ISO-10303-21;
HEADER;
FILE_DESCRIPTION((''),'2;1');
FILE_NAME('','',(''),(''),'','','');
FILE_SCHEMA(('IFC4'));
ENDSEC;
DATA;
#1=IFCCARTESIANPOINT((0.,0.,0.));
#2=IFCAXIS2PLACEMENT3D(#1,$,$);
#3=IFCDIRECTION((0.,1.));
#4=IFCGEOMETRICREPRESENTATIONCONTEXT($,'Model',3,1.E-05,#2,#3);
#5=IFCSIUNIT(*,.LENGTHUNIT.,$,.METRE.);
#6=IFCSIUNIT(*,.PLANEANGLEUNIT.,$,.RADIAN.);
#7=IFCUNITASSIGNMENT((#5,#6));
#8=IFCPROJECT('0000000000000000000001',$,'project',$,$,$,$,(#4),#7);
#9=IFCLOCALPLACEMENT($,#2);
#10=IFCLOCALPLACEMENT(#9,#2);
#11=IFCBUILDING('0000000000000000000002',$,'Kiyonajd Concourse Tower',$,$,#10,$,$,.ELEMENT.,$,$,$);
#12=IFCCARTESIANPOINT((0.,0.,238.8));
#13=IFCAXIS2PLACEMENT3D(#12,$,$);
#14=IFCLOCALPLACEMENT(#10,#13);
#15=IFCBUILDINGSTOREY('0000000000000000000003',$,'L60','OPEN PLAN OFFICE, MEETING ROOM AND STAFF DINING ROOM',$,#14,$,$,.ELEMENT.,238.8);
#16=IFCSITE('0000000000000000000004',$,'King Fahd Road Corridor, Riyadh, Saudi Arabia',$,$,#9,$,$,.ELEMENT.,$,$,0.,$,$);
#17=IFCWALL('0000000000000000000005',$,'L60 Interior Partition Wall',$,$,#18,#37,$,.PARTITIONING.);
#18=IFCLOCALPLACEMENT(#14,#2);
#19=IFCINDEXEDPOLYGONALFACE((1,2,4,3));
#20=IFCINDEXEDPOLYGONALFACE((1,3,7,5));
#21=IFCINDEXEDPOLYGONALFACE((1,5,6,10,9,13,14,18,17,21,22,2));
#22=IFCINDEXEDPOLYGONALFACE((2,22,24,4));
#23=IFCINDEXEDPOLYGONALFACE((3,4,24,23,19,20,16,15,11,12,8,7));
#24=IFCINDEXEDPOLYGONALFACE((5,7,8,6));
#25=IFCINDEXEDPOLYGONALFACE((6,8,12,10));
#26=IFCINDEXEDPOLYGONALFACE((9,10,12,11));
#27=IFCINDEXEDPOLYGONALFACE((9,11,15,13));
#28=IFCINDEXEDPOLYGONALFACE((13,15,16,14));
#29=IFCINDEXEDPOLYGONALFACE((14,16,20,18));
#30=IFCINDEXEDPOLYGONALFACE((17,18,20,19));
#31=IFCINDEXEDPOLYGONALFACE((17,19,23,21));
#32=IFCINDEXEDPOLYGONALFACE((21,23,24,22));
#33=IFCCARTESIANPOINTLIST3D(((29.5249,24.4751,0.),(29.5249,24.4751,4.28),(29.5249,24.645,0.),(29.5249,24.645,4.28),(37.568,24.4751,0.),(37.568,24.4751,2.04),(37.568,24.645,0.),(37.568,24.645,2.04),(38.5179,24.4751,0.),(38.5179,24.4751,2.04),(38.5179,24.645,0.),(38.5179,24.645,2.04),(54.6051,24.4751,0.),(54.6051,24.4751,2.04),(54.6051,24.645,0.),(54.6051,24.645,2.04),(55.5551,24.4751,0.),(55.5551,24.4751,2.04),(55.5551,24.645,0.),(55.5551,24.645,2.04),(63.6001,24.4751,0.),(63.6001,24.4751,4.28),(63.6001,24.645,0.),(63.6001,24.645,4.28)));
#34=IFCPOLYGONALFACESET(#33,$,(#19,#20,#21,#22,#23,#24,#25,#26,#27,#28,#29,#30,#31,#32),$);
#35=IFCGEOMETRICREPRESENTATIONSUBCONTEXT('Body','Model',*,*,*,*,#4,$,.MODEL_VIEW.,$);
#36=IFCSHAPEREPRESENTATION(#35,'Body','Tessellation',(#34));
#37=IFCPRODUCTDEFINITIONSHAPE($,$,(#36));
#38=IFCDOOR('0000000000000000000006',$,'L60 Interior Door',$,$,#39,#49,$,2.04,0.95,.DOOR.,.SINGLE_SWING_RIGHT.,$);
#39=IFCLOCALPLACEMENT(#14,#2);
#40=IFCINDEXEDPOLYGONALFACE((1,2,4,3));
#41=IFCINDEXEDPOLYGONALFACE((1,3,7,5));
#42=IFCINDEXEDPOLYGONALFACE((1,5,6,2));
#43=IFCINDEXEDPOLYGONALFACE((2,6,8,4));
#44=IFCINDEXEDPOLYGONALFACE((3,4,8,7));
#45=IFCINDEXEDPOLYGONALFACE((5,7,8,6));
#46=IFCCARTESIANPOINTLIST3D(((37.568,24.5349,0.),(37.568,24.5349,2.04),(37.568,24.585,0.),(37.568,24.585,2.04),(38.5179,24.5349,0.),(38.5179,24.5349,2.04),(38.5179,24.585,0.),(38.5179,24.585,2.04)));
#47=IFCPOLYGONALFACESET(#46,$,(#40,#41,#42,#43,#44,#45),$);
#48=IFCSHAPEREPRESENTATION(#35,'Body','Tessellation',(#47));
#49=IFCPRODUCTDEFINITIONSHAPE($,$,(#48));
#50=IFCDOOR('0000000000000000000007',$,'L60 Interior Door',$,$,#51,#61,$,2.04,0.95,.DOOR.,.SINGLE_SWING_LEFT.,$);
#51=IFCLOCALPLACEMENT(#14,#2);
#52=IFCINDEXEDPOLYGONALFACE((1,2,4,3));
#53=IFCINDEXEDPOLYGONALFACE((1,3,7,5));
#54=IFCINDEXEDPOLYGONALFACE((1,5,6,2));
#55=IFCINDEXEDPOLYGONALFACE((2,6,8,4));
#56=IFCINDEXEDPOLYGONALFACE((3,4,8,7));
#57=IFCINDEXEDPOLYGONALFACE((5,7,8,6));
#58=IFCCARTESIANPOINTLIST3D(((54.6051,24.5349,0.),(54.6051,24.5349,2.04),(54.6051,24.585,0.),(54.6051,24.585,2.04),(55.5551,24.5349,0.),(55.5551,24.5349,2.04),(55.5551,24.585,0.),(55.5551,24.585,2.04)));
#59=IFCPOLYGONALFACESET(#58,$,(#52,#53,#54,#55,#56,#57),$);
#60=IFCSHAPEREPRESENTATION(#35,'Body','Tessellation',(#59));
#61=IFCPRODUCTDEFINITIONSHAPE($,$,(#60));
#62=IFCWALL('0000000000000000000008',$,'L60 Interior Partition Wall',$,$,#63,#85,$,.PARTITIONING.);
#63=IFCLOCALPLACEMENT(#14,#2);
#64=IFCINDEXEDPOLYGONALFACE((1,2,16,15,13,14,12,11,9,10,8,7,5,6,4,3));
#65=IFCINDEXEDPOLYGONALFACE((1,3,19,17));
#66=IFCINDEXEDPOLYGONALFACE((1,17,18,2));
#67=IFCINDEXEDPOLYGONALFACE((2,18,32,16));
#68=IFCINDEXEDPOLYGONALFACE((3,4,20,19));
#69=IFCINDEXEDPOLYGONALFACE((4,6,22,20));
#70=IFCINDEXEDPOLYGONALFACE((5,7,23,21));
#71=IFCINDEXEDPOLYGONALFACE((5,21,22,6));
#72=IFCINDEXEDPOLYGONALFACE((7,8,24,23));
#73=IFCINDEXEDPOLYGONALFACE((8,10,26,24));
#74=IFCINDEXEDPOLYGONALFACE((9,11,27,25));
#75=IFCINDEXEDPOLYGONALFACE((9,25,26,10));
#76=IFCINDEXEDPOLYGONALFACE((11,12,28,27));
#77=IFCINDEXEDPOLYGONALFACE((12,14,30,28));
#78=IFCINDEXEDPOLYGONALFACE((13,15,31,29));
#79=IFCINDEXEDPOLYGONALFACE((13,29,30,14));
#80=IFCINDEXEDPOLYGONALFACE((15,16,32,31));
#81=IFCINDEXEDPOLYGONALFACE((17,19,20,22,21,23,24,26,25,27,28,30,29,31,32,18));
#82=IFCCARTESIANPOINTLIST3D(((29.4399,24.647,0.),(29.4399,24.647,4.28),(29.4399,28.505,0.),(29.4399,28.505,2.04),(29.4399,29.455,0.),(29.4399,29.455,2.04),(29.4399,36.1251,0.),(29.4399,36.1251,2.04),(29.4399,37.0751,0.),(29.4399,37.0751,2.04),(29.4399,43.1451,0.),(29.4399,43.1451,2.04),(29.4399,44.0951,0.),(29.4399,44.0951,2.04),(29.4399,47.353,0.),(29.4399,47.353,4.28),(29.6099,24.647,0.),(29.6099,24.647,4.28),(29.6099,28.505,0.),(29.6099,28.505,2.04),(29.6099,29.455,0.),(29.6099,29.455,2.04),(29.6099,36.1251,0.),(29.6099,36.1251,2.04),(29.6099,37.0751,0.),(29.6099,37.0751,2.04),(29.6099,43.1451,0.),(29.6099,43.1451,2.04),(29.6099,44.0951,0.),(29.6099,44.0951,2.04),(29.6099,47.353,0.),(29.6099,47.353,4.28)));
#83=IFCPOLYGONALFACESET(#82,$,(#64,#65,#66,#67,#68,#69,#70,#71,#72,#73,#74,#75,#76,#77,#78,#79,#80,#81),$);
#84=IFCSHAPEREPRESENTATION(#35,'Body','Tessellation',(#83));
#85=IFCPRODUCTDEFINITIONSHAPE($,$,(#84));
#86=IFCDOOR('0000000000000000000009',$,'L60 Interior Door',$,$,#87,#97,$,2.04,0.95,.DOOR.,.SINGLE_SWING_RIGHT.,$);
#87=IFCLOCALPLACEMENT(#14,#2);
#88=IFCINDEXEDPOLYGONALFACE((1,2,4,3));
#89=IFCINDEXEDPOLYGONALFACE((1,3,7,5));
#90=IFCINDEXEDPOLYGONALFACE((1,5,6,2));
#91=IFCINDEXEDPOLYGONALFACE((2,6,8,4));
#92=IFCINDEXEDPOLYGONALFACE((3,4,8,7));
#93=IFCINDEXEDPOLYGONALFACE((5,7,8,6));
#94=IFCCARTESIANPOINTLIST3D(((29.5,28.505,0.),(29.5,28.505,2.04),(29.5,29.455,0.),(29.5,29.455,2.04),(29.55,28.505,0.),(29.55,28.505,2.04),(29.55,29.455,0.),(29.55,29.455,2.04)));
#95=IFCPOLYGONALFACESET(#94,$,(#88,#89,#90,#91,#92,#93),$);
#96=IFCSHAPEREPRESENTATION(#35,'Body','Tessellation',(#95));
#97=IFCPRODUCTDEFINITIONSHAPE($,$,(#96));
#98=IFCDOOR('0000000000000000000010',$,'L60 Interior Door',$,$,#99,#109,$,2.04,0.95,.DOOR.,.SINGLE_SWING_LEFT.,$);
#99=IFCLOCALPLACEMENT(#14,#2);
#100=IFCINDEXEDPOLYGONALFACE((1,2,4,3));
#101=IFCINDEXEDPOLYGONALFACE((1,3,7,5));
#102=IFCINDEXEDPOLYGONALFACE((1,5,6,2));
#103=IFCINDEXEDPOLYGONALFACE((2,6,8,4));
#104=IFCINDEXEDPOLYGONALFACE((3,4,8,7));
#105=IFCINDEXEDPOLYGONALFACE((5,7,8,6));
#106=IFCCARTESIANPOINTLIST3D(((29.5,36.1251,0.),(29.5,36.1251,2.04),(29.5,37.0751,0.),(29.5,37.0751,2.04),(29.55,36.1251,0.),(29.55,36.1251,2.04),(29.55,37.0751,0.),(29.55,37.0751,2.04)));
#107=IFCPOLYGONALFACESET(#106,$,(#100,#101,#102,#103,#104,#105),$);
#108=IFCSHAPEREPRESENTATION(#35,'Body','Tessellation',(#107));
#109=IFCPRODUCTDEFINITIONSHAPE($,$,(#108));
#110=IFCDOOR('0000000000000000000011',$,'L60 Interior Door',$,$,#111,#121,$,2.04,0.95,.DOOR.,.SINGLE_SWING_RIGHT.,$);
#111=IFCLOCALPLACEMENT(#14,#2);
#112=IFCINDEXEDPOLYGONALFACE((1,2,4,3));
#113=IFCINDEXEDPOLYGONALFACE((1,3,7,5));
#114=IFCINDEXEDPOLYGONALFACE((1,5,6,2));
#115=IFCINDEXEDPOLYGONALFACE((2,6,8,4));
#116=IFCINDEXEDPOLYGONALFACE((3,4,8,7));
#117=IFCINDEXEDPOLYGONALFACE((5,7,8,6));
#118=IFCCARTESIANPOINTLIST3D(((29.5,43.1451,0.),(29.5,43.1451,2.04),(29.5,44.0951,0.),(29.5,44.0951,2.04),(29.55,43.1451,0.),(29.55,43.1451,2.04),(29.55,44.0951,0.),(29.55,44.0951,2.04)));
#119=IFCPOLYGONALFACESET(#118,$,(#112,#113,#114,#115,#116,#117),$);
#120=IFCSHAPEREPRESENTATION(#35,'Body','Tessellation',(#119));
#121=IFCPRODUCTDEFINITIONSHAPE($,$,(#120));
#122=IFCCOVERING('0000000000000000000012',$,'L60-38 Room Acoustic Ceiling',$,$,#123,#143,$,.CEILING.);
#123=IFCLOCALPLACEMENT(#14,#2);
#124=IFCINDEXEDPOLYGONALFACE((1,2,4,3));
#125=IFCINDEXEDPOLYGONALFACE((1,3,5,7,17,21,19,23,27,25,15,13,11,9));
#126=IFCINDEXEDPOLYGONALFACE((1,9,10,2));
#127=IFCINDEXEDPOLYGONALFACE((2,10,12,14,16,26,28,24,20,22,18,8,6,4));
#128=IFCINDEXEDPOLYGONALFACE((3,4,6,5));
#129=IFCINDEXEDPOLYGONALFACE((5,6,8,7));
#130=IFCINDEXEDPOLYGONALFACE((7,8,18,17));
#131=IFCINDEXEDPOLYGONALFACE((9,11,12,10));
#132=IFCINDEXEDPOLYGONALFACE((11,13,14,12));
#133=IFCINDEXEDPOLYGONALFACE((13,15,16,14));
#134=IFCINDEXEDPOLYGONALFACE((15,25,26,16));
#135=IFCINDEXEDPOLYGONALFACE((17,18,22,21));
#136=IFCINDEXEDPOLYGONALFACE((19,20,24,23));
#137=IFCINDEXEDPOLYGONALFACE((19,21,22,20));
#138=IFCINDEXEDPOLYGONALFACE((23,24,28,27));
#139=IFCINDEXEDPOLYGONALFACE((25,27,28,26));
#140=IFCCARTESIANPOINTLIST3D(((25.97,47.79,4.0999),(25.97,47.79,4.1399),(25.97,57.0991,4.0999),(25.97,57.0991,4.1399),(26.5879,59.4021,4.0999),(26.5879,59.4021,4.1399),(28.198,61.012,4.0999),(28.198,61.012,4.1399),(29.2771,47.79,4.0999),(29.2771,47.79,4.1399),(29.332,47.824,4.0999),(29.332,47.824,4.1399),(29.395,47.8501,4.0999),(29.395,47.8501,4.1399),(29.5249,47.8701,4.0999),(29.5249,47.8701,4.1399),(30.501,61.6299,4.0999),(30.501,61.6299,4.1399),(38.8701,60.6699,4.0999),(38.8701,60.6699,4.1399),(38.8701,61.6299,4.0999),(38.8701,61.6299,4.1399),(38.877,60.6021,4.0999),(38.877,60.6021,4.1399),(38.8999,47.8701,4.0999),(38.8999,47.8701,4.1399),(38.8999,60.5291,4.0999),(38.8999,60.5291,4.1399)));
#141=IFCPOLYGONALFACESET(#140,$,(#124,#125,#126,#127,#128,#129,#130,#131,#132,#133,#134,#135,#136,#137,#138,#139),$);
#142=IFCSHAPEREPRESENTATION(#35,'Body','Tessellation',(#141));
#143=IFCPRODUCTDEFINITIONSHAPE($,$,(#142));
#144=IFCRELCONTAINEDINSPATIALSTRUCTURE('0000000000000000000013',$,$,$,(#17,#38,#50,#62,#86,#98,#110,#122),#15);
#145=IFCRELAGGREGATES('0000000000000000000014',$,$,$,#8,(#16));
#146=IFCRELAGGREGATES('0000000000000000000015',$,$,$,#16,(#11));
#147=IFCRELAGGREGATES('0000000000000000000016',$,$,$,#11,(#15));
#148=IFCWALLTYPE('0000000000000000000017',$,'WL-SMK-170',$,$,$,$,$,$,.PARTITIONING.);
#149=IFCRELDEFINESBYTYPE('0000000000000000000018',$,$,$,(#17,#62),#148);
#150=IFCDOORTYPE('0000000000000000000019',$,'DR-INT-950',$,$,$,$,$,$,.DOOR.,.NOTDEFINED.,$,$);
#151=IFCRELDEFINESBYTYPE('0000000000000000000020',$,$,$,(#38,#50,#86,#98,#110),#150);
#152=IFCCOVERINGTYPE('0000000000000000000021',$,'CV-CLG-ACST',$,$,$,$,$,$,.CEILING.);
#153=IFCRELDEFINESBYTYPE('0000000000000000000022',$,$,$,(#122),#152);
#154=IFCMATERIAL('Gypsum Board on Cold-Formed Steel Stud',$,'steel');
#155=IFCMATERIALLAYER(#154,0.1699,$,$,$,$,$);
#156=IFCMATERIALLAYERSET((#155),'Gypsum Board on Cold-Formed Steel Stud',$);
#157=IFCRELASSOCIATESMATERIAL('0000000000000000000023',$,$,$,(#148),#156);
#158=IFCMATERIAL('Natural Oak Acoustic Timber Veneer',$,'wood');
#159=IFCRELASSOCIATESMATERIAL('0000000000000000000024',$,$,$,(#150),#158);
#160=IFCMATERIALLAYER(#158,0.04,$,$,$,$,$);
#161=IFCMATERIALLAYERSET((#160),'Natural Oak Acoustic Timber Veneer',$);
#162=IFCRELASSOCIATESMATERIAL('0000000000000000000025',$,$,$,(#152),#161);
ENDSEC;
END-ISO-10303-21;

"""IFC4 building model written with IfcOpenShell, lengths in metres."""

from ifc_helpers import new_model, si_unit, direction, frame, frame_2d, origin, place, context, subcontext, project, spatial, polyline, rectangle, outline, extrude, material, layer, layer_set, type_object, element, fill, save


model = new_model("IFC4")

# Units and contexts
model_context = context("Model", 3, precision=1e-05, world=origin(), true_north=direction((0.0, 1.0)))
body_context = subcontext(model_context, "Body", "Model", "MODEL_VIEW")
ifc_project = project(units=[si_unit("LENGTHUNIT", "METRE"), si_unit("PLANEANGLEUNIT", "RADIAN")], contexts=[model_context])

# Site, building, storey
site_placement = place(None, origin())
site = spatial("IfcSite", under=ifc_project, at=site_placement, Name="King Fahd Road Corridor, Riyadh, Saudi Arabia", CompositionType="ELEMENT", RefElevation=0.0)
building_placement = place(site_placement, origin())
building = spatial("IfcBuilding", under=site, at=building_placement, Name="Kiyonajd Concourse Tower", CompositionType="ELEMENT")
storey_placement = place(building_placement, frame((0.0, 0.0, 238.8)))
storey = spatial("IfcBuildingStorey", under=building, at=storey_placement, Name="L60", Description="OPEN PLAN OFFICE, MEETING ROOM AND STAFF DINING ROOM", CompositionType="ELEMENT", Elevation=238.8)

# Walls, openings, doors
ifc_material_1 = material(Name="Gypsum Board on Cold-Formed Steel Stud", Category="steel")
ifc_layer_1 = layer(ifc_material_1, 0.1699)
ifc_layer_set_1 = layer_set([ifc_layer_1], Name="Gypsum Board on Cold-Formed Steel Stud")
wall_type_1 = type_object("IfcWallType", Name="WL-SMK-170", PredefinedType="PARTITIONING", material=ifc_layer_set_1)
wall_1_placement = place(storey_placement, frame((29.5249, 24.5601, 0.0), z_axis=(0.0, 0.0, 1.0), x_axis=(1.0, 0.0, 0.0)))
wall_1 = element("IfcWall", 1, at=wall_1_placement, inside=storey, type_object=wall_type_1, Name="L60 Interior Partition Wall", PredefinedType="PARTITIONING", context=body_context, shape_type="SweptSolid", body=[
    extrude(rectangle(XDim=34.0752, YDim=0.1699, at=frame_2d((17.0376, 0.0))), origin(), (0.0, 0.0, 1.0), 4.28),
])
opening_1_placement = place(wall_1_placement, frame((8.043, 0.0, 0.0)))
opening_1 = element("IfcOpeningElement", 2, at=opening_1_placement, cuts=wall_1, PredefinedType="OPENING", context=body_context, shape_type="SweptSolid", body=[
    extrude(rectangle(XDim=0.95, YDim=2.04, at=frame_2d((0.4751, 1.02))), frame((0.0, 0.095, 0.0), z_axis=(0.0, -1.0, 0.0), x_axis=(1.0, 0.0, 0.0)), (0.0, 0.0, 1.0), 0.1899),
])
opening_2_placement = place(wall_1_placement, frame((25.0801, 0.0, 0.0)))
opening_2 = element("IfcOpeningElement", 3, at=opening_2_placement, cuts=wall_1, PredefinedType="OPENING", context=body_context, shape_type="SweptSolid", body=[
    extrude(rectangle(XDim=0.95, YDim=2.04, at=frame_2d((0.4751, 1.02))), frame((0.0, 0.095, 0.0), z_axis=(0.0, -1.0, 0.0), x_axis=(1.0, 0.0, 0.0)), (0.0, 0.0, 1.0), 0.1899),
])
ifc_material_2 = material(Name="Natural Oak Acoustic Timber Veneer", Category="wood")
door_type = type_object("IfcDoorType", Name="DR-INT-950", OperationType="NOTDEFINED", PredefinedType="DOOR", material=ifc_material_2)
door_1_placement = place(opening_1_placement, origin())
door_1 = element("IfcDoor", 4, at=door_1_placement, inside=storey, type_object=door_type, Name="L60 Interior Door", OperationType="SINGLE_SWING_RIGHT", OverallHeight=2.04, OverallWidth=0.95, PredefinedType="DOOR", context=body_context, shape_type="SweptSolid", body=[
    extrude(rectangle(XDim=0.95, YDim=2.04, at=frame_2d((0.4751, 1.02))), frame((0.0, 0.0249, 0.0), z_axis=(0.0, -1.0, 0.0), x_axis=(1.0, 0.0, 0.0)), (0.0, 0.0, 1.0), 0.05),
])
fill(opening_1, door_1)
door_2_placement = place(opening_2_placement, origin())
door_2 = element("IfcDoor", 5, at=door_2_placement, inside=storey, type_object=door_type, Name="L60 Interior Door", OperationType="SINGLE_SWING_LEFT", OverallHeight=2.04, OverallWidth=0.95, PredefinedType="DOOR", context=body_context, shape_type="SweptSolid", body=[
    extrude(rectangle(XDim=0.95, YDim=2.04, at=frame_2d((0.4751, 1.02))), frame((0.0, 0.0249, 0.0), z_axis=(0.0, -1.0, 0.0), x_axis=(1.0, 0.0, 0.0)), (0.0, 0.0, 1.0), 0.05),
])
fill(opening_2, door_2)
wall_2_placement = place(storey_placement, frame((29.5249, 24.647, 0.0), z_axis=(0.0, 0.0, 1.0), x_axis=(0.0, 1.0, 0.0)))
wall_2 = element("IfcWall", 6, at=wall_2_placement, inside=storey, type_object=wall_type_1, Name="L60 Interior Partition Wall", PredefinedType="PARTITIONING", context=body_context, shape_type="SweptSolid", body=[
    extrude(rectangle(XDim=22.7061, YDim=0.1699, at=frame_2d((11.353, 0.0))), origin(), (0.0, 0.0, 1.0), 4.28),
])
opening_3_placement = place(wall_2_placement, frame((3.8579, 0.0, 0.0)))
opening_3 = element("IfcOpeningElement", 7, at=opening_3_placement, cuts=wall_2, PredefinedType="OPENING", context=body_context, shape_type="SweptSolid", body=[
    extrude(rectangle(XDim=0.95, YDim=2.04, at=frame_2d((0.4751, 1.02))), frame((0.0, 0.095, 0.0), z_axis=(0.0, -1.0, 0.0), x_axis=(1.0, 0.0, 0.0)), (0.0, 0.0, 1.0), 0.1899),
])
opening_4_placement = place(wall_2_placement, frame((11.478, 0.0, 0.0)))
opening_4 = element("IfcOpeningElement", 8, at=opening_4_placement, cuts=wall_2, PredefinedType="OPENING", context=body_context, shape_type="SweptSolid", body=[
    extrude(rectangle(XDim=0.95, YDim=2.04, at=frame_2d((0.4751, 1.02))), frame((0.0, 0.095, 0.0), z_axis=(0.0, -1.0, 0.0), x_axis=(1.0, 0.0, 0.0)), (0.0, 0.0, 1.0), 0.1899),
])
opening_5_placement = place(wall_2_placement, frame((18.498, 0.0, 0.0)))
opening_5 = element("IfcOpeningElement", 9, at=opening_5_placement, cuts=wall_2, PredefinedType="OPENING", context=body_context, shape_type="SweptSolid", body=[
    extrude(rectangle(XDim=0.95, YDim=2.04, at=frame_2d((0.4751, 1.02))), frame((0.0, 0.095, 0.0), z_axis=(0.0, -1.0, 0.0), x_axis=(1.0, 0.0, 0.0)), (0.0, 0.0, 1.0), 0.1899),
])
door_3_placement = place(opening_3_placement, origin())
door_3 = element("IfcDoor", 10, at=door_3_placement, inside=storey, type_object=door_type, Name="L60 Interior Door", OperationType="SINGLE_SWING_RIGHT", OverallHeight=2.04, OverallWidth=0.95, PredefinedType="DOOR", context=body_context, shape_type="SweptSolid", body=[
    extrude(rectangle(XDim=0.95, YDim=2.04, at=frame_2d((0.4751, 1.02))), frame((0.0, 0.0249, 0.0), z_axis=(0.0, -1.0, 0.0), x_axis=(1.0, 0.0, 0.0)), (0.0, 0.0, 1.0), 0.05),
])
fill(opening_3, door_3)
door_4_placement = place(opening_4_placement, origin())
door_4 = element("IfcDoor", 11, at=door_4_placement, inside=storey, type_object=door_type, Name="L60 Interior Door", OperationType="SINGLE_SWING_LEFT", OverallHeight=2.04, OverallWidth=0.95, PredefinedType="DOOR", context=body_context, shape_type="SweptSolid", body=[
    extrude(rectangle(XDim=0.95, YDim=2.04, at=frame_2d((0.4751, 1.02))), frame((0.0, 0.0249, 0.0), z_axis=(0.0, -1.0, 0.0), x_axis=(1.0, 0.0, 0.0)), (0.0, 0.0, 1.0), 0.05),
])
fill(opening_4, door_4)
door_5_placement = place(opening_5_placement, origin())
door_5 = element("IfcDoor", 12, at=door_5_placement, inside=storey, type_object=door_type, Name="L60 Interior Door", OperationType="SINGLE_SWING_RIGHT", OverallHeight=2.04, OverallWidth=0.95, PredefinedType="DOOR", context=body_context, shape_type="SweptSolid", body=[
    extrude(rectangle(XDim=0.95, YDim=2.04, at=frame_2d((0.4751, 1.02))), frame((0.0, 0.0249, 0.0), z_axis=(0.0, -1.0, 0.0), x_axis=(1.0, 0.0, 0.0)), (0.0, 0.0, 1.0), 0.05),
])
fill(opening_5, door_5)

# Covering
ifc_layer_2 = layer(ifc_material_2, 0.04)
ifc_layer_set_2 = layer_set([ifc_layer_2], Name="Natural Oak Acoustic Timber Veneer")
covering_type = type_object("IfcCoveringType", Name="CV-CLG-ACST", PredefinedType="CEILING", material=ifc_layer_set_2)
covering_1_placement = place(storey_placement, frame((0.0, 0.0, 4.0999)))
element("IfcCovering", 13, at=covering_1_placement, inside=storey, type_object=covering_type, Name="L60-38 Room Acoustic Ceiling", PredefinedType="CEILING", context=body_context, shape_type="SweptSolid", body=[
    extrude(outline(polyline([(28.198, 61.012), (30.501, 61.6299), (38.8701, 61.6299), (38.8701, 60.6699), (38.877, 60.6021), (38.8999, 60.5291), (38.8999, 47.8701), (29.5249, 47.8701), (29.395, 47.8501), (29.332, 47.824), (29.2771, 47.79), (25.97, 47.79), (25.97, 57.0991), (26.5879, 59.4021), (28.198, 61.012)])), origin(), (0.0, 0.0, 1.0), 0.04),
])

save(model, "model.ifc")
